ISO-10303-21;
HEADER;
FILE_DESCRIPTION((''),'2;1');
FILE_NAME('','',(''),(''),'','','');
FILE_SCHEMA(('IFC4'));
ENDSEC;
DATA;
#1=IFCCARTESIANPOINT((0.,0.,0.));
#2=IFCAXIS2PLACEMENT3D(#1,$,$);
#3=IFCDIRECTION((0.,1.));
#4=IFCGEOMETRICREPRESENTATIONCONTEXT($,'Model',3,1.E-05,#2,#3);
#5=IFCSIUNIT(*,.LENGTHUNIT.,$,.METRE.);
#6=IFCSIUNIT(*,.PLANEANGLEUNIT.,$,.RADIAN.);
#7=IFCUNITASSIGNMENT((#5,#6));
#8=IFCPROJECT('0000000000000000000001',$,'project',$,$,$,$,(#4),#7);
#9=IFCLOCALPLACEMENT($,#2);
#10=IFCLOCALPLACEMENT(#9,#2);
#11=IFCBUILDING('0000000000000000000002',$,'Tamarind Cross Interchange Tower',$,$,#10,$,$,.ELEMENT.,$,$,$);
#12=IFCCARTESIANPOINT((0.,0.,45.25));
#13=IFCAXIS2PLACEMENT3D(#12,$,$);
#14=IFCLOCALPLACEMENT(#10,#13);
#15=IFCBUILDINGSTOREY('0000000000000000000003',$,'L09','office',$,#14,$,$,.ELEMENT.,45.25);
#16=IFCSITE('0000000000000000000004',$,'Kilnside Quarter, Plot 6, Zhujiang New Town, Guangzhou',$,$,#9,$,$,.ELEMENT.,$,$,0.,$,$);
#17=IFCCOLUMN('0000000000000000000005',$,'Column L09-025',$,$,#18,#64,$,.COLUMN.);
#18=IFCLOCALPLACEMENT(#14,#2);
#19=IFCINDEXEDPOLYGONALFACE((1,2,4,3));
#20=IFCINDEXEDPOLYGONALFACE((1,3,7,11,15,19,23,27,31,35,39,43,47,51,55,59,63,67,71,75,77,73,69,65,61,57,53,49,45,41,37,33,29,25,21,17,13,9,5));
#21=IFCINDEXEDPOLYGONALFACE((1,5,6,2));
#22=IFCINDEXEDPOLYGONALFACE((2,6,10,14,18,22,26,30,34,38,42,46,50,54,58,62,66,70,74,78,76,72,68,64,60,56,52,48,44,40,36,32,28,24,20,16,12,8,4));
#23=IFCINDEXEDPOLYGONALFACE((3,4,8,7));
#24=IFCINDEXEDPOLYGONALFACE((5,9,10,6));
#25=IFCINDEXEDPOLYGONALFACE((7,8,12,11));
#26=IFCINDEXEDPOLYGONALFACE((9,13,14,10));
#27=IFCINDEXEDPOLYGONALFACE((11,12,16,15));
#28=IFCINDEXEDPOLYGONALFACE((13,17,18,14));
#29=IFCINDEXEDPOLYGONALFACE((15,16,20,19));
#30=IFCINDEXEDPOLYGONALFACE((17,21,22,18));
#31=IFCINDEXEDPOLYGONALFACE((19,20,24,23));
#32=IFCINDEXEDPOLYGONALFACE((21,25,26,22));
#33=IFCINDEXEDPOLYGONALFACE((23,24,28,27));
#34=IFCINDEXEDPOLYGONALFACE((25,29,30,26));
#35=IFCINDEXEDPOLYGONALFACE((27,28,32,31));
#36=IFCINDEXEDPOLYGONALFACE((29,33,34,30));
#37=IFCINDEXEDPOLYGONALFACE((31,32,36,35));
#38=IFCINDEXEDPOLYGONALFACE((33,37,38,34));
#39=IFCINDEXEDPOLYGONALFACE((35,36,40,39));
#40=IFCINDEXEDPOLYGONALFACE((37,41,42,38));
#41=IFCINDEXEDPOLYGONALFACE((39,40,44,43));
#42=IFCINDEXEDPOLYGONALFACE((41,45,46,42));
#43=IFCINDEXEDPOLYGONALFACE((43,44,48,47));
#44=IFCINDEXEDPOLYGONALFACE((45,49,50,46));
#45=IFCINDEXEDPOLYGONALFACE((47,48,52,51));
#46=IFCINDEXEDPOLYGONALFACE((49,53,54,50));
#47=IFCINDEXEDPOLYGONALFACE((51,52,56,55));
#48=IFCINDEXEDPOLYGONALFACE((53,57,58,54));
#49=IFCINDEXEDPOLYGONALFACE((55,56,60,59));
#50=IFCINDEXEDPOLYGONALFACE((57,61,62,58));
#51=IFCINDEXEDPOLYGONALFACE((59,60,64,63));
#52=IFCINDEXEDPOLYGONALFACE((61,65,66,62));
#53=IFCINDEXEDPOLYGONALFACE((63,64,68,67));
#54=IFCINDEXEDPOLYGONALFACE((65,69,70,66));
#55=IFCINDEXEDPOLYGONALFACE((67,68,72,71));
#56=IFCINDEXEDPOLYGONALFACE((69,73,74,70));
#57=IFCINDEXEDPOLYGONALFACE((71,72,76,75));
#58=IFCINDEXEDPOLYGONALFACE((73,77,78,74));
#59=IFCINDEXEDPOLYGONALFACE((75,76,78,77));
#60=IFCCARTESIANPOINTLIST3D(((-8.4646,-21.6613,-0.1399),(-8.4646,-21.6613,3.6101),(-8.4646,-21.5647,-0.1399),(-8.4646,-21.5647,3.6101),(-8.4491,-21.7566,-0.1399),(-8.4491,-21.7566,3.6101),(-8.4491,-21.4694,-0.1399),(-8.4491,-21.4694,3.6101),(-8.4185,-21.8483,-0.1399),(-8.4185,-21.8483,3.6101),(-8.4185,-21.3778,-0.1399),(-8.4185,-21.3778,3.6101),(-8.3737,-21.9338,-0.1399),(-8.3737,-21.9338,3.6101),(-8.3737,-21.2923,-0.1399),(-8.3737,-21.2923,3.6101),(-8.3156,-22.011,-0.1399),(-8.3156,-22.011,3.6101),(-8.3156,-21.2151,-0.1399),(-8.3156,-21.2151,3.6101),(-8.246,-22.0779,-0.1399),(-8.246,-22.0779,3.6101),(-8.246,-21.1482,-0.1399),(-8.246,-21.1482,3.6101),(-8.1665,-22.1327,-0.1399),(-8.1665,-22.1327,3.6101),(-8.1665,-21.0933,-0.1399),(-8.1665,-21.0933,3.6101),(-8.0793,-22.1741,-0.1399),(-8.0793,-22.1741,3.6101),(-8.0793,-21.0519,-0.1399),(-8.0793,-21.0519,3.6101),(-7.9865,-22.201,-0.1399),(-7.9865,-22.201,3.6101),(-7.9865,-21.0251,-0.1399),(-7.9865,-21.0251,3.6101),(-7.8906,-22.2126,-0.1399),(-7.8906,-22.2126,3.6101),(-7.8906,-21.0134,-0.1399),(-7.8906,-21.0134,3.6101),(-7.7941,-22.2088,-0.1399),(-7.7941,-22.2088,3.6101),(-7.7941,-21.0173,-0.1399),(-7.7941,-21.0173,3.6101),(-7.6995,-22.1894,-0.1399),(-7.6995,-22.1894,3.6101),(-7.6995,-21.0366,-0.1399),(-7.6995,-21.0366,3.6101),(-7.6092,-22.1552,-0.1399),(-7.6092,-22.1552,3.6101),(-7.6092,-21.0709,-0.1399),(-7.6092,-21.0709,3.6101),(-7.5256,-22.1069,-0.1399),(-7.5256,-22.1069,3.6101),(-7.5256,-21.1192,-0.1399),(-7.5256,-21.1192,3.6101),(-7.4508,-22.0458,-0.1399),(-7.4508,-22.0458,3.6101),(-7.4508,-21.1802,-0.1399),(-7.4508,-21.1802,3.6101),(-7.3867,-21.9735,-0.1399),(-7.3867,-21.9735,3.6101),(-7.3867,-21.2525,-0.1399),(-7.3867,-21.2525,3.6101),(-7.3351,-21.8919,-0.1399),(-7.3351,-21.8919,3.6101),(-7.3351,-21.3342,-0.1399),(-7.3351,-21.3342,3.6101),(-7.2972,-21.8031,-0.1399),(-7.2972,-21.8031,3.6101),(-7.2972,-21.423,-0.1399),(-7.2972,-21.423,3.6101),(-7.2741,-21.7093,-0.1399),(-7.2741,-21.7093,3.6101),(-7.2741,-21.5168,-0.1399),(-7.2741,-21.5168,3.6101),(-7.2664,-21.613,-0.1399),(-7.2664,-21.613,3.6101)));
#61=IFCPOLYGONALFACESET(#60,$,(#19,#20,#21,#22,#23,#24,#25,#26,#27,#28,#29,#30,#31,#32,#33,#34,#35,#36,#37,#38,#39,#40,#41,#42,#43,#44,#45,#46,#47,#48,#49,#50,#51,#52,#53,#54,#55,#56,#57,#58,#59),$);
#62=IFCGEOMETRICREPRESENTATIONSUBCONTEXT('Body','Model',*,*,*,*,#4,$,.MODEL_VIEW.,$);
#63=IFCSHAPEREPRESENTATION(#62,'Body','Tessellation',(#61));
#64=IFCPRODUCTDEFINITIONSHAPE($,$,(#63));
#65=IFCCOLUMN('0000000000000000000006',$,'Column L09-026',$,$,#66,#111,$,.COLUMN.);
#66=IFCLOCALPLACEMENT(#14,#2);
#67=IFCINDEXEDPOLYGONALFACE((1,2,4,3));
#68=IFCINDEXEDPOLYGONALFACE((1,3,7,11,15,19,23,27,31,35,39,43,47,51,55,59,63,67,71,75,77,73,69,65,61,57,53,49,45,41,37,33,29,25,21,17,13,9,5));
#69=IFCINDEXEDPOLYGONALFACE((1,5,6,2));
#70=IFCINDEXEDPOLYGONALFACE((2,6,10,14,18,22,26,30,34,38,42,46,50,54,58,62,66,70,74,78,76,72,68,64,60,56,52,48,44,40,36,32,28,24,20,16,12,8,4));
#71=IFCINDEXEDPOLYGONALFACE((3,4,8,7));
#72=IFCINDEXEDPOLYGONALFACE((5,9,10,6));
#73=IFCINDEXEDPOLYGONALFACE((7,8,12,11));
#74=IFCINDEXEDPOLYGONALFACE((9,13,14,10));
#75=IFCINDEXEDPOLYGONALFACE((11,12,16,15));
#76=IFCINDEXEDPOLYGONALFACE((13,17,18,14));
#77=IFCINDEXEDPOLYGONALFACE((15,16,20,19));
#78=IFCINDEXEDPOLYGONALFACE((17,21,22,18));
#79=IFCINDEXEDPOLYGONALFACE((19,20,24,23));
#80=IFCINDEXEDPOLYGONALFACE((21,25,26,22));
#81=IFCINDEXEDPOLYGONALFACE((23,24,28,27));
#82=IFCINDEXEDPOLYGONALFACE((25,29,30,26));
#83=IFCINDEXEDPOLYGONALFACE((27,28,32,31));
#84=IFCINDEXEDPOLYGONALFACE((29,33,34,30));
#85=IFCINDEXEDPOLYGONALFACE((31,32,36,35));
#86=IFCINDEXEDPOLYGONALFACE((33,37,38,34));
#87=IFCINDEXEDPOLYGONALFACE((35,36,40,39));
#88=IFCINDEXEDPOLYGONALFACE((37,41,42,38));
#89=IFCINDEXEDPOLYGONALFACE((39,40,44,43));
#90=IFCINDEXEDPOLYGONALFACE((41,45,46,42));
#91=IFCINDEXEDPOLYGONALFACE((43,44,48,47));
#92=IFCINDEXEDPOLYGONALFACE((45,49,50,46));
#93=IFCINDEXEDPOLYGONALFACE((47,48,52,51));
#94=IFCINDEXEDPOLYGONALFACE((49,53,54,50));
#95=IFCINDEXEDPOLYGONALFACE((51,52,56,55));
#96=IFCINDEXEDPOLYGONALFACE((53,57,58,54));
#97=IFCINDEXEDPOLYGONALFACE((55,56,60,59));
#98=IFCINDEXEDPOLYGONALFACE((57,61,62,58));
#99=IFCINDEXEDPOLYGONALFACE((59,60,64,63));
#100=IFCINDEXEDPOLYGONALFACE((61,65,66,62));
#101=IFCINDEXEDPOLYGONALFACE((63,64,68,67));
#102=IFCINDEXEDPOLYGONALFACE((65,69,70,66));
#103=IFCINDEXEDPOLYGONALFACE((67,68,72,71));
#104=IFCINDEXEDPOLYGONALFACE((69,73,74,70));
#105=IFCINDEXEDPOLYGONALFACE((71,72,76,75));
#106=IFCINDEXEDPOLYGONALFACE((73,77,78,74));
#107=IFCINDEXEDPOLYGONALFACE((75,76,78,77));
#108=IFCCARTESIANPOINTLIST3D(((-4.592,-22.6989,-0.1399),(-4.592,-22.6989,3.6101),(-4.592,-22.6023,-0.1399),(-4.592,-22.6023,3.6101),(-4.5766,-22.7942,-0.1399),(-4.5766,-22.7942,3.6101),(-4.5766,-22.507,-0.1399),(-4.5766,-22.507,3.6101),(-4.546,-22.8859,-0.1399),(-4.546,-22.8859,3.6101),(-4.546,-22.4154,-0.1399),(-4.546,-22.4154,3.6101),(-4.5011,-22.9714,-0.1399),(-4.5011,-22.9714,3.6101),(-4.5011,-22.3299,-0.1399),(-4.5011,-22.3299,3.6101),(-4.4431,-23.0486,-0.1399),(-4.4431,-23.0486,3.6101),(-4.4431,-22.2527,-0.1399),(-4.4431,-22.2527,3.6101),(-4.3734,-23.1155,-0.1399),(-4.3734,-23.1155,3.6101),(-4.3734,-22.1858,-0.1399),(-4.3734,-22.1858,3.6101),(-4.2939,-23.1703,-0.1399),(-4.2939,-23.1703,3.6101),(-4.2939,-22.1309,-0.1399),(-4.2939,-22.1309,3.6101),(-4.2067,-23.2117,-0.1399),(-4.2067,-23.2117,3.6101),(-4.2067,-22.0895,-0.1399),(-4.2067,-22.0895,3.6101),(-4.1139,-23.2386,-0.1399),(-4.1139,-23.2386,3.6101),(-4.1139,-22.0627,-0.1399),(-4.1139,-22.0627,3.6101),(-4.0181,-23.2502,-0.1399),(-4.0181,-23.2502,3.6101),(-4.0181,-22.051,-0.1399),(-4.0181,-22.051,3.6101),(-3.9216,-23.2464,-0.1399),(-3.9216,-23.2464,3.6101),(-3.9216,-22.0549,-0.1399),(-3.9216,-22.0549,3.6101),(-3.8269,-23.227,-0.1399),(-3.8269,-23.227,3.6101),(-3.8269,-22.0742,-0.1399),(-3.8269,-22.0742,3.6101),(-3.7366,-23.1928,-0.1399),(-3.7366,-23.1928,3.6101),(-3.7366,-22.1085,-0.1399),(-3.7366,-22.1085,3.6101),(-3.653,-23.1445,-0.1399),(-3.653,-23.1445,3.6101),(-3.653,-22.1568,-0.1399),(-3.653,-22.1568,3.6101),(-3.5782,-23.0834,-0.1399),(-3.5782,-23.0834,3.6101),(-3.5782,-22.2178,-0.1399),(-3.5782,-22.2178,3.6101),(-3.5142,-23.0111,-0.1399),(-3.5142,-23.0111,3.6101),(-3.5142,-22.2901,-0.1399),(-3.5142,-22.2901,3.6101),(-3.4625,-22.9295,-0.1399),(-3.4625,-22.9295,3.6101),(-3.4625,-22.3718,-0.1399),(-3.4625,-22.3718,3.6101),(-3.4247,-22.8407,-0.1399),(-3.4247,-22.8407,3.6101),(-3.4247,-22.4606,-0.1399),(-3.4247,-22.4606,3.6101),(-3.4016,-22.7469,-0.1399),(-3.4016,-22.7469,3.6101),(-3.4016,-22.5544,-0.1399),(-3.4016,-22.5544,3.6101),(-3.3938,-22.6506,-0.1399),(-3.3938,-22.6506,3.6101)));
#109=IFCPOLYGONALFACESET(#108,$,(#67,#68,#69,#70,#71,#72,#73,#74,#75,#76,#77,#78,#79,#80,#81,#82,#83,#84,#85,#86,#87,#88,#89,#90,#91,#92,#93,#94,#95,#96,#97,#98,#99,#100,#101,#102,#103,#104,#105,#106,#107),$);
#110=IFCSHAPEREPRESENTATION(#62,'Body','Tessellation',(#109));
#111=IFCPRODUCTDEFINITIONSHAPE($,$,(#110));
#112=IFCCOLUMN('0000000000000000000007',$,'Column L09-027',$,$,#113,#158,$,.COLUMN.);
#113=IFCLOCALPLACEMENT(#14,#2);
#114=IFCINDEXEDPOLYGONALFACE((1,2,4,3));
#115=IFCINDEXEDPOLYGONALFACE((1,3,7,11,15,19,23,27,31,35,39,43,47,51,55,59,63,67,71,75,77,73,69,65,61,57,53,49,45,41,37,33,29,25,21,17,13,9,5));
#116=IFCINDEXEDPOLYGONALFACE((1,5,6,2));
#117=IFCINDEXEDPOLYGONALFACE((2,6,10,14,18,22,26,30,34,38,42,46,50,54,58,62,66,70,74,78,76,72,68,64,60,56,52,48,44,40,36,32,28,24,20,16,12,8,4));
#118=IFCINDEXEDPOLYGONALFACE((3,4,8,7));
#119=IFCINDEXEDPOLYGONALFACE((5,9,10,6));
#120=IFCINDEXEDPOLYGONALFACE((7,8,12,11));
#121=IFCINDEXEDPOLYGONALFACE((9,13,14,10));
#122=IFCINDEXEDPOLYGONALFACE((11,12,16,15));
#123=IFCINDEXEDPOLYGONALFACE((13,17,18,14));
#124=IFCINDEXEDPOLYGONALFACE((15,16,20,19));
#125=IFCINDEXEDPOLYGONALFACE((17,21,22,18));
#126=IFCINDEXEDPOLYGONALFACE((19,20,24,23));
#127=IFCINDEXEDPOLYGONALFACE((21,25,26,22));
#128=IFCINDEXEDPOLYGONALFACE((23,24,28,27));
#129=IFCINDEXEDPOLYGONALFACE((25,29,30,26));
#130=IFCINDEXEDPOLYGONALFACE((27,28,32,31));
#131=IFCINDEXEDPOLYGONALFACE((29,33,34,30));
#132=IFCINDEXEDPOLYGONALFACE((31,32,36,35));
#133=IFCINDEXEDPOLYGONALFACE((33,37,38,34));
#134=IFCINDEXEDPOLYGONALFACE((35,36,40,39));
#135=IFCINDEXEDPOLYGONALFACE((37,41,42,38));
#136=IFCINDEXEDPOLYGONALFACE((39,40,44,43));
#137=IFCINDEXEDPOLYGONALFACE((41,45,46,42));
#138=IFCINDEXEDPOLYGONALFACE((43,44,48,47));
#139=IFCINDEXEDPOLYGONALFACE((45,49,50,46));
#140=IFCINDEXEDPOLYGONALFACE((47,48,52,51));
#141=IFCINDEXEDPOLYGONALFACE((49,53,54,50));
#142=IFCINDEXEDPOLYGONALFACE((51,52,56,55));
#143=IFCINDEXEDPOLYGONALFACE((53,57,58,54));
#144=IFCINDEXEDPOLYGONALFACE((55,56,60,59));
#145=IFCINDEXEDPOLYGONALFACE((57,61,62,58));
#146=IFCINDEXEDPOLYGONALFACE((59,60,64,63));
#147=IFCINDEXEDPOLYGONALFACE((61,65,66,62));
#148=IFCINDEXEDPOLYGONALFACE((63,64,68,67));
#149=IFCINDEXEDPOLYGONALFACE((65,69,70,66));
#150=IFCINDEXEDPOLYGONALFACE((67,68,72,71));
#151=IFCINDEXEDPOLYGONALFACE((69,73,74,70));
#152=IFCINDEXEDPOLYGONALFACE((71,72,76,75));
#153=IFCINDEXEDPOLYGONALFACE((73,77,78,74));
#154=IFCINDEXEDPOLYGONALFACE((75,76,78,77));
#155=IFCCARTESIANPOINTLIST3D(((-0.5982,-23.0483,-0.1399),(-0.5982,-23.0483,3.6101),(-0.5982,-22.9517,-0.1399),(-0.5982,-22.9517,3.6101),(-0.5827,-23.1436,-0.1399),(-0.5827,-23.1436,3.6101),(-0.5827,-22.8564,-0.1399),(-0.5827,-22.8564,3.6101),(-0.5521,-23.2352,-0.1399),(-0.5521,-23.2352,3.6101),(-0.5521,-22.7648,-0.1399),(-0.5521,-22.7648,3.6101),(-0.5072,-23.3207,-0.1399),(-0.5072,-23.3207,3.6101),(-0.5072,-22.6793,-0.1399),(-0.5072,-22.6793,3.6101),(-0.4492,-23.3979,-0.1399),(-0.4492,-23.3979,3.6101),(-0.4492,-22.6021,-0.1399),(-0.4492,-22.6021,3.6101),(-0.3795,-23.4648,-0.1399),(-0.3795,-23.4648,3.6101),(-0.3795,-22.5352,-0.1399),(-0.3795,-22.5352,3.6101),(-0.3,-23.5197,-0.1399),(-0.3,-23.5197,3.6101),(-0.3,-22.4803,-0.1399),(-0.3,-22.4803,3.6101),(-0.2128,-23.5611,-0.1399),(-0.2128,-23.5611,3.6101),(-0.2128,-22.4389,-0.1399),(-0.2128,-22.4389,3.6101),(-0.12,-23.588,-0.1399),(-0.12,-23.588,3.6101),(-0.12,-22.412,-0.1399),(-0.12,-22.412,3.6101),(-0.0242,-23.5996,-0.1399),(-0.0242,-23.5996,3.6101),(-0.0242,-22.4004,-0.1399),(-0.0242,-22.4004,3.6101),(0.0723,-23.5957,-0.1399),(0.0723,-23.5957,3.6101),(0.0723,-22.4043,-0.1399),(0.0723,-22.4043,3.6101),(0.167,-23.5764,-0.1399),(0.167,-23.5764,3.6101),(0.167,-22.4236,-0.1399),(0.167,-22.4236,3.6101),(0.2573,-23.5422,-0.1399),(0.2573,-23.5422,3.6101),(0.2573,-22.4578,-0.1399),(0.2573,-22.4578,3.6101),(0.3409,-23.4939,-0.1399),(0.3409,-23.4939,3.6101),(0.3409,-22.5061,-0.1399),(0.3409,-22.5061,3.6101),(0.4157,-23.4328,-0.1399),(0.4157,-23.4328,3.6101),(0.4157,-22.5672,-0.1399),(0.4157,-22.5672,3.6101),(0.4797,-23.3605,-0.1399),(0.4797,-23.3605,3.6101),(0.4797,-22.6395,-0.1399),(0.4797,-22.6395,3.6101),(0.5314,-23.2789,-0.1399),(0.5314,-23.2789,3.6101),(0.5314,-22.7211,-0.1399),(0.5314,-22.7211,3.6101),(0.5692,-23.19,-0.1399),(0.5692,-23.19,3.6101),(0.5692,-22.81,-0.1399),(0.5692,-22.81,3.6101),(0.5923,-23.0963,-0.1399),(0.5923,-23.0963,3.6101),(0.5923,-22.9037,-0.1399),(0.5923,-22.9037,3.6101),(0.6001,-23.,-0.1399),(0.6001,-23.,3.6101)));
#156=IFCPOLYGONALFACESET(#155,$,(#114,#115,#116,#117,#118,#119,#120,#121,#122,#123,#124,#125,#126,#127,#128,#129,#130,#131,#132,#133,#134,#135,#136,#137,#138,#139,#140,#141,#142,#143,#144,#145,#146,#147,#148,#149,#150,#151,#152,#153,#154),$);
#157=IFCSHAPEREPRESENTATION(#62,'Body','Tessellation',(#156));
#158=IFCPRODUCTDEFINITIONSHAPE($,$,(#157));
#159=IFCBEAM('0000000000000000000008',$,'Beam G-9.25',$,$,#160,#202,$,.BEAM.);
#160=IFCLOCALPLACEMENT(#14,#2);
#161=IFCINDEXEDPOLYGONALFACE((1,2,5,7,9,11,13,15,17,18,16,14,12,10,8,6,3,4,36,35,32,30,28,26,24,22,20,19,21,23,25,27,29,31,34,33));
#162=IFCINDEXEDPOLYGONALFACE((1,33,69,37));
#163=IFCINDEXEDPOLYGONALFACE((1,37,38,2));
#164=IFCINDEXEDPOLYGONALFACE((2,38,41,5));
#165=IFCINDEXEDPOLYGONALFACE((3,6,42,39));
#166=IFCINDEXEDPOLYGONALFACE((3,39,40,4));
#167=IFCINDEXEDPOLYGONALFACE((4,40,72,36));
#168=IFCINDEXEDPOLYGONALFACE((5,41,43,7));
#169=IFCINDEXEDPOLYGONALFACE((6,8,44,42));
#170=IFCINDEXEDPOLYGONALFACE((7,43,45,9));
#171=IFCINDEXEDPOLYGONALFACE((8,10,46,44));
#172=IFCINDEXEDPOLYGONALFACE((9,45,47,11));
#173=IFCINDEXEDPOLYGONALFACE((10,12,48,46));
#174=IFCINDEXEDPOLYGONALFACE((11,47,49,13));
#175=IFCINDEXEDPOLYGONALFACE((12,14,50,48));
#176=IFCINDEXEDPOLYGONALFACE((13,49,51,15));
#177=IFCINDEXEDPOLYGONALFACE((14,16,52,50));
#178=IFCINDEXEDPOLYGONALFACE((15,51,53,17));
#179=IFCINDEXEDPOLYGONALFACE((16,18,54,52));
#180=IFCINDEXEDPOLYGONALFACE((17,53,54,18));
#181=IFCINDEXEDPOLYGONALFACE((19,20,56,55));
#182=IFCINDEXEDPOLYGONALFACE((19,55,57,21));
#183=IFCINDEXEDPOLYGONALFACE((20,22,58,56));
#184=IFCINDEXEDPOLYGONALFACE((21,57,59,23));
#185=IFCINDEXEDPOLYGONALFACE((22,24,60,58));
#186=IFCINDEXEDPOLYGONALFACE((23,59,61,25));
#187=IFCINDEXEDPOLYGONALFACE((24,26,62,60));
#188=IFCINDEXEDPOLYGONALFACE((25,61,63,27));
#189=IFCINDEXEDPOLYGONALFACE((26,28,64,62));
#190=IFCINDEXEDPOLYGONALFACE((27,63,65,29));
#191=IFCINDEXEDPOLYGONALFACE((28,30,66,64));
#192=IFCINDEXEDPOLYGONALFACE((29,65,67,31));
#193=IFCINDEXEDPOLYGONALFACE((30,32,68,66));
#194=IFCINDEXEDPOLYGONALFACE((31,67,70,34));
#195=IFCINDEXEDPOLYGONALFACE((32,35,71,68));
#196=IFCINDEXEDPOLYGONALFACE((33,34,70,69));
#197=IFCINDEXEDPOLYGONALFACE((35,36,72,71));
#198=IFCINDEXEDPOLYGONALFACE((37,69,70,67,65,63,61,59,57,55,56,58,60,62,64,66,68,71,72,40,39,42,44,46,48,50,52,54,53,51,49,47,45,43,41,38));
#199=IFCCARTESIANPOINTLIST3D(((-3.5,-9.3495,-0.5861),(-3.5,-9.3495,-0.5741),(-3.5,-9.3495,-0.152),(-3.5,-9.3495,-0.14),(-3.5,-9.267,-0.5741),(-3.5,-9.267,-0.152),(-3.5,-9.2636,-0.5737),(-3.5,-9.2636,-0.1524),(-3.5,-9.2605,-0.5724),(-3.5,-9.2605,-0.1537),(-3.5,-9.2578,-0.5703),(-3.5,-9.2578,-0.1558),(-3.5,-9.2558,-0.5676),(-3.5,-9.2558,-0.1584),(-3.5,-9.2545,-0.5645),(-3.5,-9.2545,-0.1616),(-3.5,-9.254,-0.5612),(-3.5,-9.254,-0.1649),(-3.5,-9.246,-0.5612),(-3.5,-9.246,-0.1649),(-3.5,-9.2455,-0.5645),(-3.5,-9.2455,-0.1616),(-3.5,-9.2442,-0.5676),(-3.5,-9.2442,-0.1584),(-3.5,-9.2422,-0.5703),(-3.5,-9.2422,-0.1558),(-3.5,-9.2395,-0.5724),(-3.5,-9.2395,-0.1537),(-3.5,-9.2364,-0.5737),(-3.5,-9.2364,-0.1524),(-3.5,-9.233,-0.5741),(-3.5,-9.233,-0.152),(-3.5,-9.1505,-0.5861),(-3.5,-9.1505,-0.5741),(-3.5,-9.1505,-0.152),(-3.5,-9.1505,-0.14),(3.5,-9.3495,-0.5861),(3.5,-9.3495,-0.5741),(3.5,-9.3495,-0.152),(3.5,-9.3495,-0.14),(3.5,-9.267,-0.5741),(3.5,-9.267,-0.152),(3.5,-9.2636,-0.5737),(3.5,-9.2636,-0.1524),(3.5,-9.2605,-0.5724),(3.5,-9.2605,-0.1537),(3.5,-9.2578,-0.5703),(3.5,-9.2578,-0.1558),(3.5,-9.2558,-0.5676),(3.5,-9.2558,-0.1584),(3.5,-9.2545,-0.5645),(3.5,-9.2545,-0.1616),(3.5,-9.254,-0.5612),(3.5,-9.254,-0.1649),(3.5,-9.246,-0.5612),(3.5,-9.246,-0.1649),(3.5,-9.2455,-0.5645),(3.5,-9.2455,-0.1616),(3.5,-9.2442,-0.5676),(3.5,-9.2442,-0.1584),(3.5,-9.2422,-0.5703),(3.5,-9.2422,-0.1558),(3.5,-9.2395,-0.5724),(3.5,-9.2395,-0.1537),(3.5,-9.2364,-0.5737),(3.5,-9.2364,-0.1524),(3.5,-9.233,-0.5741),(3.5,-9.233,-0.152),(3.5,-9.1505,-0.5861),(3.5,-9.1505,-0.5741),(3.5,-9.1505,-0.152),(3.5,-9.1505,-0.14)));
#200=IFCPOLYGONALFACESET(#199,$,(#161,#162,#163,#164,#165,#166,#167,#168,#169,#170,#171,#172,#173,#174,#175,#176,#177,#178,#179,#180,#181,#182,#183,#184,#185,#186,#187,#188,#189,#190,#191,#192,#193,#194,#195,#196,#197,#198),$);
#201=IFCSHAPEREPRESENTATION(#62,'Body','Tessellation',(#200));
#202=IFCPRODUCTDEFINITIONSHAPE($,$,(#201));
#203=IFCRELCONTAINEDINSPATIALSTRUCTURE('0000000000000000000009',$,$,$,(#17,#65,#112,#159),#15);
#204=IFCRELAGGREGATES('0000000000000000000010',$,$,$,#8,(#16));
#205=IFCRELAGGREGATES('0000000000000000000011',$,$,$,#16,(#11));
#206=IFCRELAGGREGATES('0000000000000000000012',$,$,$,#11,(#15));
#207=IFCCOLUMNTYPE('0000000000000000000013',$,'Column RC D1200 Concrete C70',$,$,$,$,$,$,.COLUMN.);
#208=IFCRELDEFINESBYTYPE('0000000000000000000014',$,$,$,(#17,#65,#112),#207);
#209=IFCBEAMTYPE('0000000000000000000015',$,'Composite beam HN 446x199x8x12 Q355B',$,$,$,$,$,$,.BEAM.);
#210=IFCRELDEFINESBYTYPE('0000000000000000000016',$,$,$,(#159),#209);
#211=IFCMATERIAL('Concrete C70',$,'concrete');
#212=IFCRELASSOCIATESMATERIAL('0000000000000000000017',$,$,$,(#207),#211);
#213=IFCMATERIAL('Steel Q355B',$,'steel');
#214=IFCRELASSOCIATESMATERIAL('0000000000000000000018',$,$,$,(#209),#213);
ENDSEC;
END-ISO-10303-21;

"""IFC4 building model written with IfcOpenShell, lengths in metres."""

from ifc_helpers import new_model, si_unit, direction, frame, origin, origin_2d, place, context, subcontext, project, spatial, circle, i_section, extrude, material, material_profile, profile_set, type_object, element, save


model = new_model("IFC4")

# Units and contexts
model_context = context("Model", 3, precision=1e-05, world=origin(), true_north=direction((0.0, 1.0)))
body_context = subcontext(model_context, "Body", "Model", "MODEL_VIEW")
ifc_project = project(units=[si_unit("LENGTHUNIT", "METRE"), si_unit("PLANEANGLEUNIT", "RADIAN")], contexts=[model_context])

# Site, building, storey
site_placement = place(None, origin())
site = spatial("IfcSite", under=ifc_project, at=site_placement, Name="Kilnside Quarter, Plot 6, Zhujiang New Town, Guangzhou", CompositionType="ELEMENT", RefElevation=0.0)
building_placement = place(site_placement, origin())
building = spatial("IfcBuilding", under=site, at=building_placement, Name="Tamarind Cross Interchange Tower", CompositionType="ELEMENT")
storey_placement = place(building_placement, frame((0.0, 0.0, 45.25)))
storey = spatial("IfcBuildingStorey", under=building, at=storey_placement, Name="L09", Description="office", CompositionType="ELEMENT", Elevation=45.25)

# Columns
ifc_material_1 = material(Name="Concrete C70", Category="concrete")
ifc_material_profile_1 = material_profile(ifc_material_1, circle(Radius=0.6001, at=origin_2d()), Name="RC D1200")
ifc_profile_set_1 = profile_set([ifc_material_profile_1], Name="Concrete C70")
column_type = type_object("IfcColumnType", Name="Column RC D1200 Concrete C70", PredefinedType="COLUMN", material=ifc_profile_set_1)
for number, where, z_axis, x_axis, name in (
    (1, (-7.8665, -21.613, -0.1399), (0.0, 0.0, 1.0), (1.0, 0.0, 0.0), "Column L09-025"),
    (2, (-3.9939, -22.6506, -0.1399), (0.0, 0.0, 1.0), (1.0, 0.0, 0.0), "Column L09-026"),
    (3, (0.0, -23.0, -0.1399), (0.0, 0.0, 1.0), (1.0, 0.0, 0.0), "Column L09-027"),
):
    element("IfcColumn", number, at=place(storey_placement, frame(where, z_axis=z_axis, x_axis=x_axis)), inside=storey, type_object=column_type, Name=name, PredefinedType="COLUMN", context=body_context, shape_type="SweptSolid", body=[
        extrude(circle(Radius=0.6001, at=origin_2d()), origin(), (0.0, 0.0, 1.0), 3.75),
    ])

# Beam
ifc_material_2 = material(Name="Steel Q355B", Category="steel")
ifc_material_profile_2 = material_profile(ifc_material_2, i_section(OverallWidth=0.199, OverallDepth=0.446, WebThickness=0.0081, FlangeThickness=0.012, FilletRadius=0.0129, at=origin_2d()), Name="HN 446x199x8x12")
ifc_profile_set_2 = profile_set([ifc_material_profile_2], Name="Steel Q355B")
beam_type_1 = type_object("IfcBeamType", Name="Composite beam HN 446x199x8x12 Q355B", PredefinedType="BEAM", material=ifc_profile_set_2)
beam_1_placement = place(storey_placement, frame((-3.5, -9.25, -0.363), z_axis=(1.0, 0.0, 0.0), x_axis=(0.0, 1.0, 0.0)))
element("IfcBeam", 4, at=beam_1_placement, inside=storey, type_object=beam_type_1, Name="Beam G-9.25", PredefinedType="BEAM", context=body_context, shape_type="SweptSolid", body=[
    extrude(i_section(OverallWidth=0.199, OverallDepth=0.446, WebThickness=0.0081, FlangeThickness=0.012, FilletRadius=0.0129, at=origin_2d()), origin(), (0.0, 0.0, 1.0), 7.0),
])

save(model, "model.ifc")
